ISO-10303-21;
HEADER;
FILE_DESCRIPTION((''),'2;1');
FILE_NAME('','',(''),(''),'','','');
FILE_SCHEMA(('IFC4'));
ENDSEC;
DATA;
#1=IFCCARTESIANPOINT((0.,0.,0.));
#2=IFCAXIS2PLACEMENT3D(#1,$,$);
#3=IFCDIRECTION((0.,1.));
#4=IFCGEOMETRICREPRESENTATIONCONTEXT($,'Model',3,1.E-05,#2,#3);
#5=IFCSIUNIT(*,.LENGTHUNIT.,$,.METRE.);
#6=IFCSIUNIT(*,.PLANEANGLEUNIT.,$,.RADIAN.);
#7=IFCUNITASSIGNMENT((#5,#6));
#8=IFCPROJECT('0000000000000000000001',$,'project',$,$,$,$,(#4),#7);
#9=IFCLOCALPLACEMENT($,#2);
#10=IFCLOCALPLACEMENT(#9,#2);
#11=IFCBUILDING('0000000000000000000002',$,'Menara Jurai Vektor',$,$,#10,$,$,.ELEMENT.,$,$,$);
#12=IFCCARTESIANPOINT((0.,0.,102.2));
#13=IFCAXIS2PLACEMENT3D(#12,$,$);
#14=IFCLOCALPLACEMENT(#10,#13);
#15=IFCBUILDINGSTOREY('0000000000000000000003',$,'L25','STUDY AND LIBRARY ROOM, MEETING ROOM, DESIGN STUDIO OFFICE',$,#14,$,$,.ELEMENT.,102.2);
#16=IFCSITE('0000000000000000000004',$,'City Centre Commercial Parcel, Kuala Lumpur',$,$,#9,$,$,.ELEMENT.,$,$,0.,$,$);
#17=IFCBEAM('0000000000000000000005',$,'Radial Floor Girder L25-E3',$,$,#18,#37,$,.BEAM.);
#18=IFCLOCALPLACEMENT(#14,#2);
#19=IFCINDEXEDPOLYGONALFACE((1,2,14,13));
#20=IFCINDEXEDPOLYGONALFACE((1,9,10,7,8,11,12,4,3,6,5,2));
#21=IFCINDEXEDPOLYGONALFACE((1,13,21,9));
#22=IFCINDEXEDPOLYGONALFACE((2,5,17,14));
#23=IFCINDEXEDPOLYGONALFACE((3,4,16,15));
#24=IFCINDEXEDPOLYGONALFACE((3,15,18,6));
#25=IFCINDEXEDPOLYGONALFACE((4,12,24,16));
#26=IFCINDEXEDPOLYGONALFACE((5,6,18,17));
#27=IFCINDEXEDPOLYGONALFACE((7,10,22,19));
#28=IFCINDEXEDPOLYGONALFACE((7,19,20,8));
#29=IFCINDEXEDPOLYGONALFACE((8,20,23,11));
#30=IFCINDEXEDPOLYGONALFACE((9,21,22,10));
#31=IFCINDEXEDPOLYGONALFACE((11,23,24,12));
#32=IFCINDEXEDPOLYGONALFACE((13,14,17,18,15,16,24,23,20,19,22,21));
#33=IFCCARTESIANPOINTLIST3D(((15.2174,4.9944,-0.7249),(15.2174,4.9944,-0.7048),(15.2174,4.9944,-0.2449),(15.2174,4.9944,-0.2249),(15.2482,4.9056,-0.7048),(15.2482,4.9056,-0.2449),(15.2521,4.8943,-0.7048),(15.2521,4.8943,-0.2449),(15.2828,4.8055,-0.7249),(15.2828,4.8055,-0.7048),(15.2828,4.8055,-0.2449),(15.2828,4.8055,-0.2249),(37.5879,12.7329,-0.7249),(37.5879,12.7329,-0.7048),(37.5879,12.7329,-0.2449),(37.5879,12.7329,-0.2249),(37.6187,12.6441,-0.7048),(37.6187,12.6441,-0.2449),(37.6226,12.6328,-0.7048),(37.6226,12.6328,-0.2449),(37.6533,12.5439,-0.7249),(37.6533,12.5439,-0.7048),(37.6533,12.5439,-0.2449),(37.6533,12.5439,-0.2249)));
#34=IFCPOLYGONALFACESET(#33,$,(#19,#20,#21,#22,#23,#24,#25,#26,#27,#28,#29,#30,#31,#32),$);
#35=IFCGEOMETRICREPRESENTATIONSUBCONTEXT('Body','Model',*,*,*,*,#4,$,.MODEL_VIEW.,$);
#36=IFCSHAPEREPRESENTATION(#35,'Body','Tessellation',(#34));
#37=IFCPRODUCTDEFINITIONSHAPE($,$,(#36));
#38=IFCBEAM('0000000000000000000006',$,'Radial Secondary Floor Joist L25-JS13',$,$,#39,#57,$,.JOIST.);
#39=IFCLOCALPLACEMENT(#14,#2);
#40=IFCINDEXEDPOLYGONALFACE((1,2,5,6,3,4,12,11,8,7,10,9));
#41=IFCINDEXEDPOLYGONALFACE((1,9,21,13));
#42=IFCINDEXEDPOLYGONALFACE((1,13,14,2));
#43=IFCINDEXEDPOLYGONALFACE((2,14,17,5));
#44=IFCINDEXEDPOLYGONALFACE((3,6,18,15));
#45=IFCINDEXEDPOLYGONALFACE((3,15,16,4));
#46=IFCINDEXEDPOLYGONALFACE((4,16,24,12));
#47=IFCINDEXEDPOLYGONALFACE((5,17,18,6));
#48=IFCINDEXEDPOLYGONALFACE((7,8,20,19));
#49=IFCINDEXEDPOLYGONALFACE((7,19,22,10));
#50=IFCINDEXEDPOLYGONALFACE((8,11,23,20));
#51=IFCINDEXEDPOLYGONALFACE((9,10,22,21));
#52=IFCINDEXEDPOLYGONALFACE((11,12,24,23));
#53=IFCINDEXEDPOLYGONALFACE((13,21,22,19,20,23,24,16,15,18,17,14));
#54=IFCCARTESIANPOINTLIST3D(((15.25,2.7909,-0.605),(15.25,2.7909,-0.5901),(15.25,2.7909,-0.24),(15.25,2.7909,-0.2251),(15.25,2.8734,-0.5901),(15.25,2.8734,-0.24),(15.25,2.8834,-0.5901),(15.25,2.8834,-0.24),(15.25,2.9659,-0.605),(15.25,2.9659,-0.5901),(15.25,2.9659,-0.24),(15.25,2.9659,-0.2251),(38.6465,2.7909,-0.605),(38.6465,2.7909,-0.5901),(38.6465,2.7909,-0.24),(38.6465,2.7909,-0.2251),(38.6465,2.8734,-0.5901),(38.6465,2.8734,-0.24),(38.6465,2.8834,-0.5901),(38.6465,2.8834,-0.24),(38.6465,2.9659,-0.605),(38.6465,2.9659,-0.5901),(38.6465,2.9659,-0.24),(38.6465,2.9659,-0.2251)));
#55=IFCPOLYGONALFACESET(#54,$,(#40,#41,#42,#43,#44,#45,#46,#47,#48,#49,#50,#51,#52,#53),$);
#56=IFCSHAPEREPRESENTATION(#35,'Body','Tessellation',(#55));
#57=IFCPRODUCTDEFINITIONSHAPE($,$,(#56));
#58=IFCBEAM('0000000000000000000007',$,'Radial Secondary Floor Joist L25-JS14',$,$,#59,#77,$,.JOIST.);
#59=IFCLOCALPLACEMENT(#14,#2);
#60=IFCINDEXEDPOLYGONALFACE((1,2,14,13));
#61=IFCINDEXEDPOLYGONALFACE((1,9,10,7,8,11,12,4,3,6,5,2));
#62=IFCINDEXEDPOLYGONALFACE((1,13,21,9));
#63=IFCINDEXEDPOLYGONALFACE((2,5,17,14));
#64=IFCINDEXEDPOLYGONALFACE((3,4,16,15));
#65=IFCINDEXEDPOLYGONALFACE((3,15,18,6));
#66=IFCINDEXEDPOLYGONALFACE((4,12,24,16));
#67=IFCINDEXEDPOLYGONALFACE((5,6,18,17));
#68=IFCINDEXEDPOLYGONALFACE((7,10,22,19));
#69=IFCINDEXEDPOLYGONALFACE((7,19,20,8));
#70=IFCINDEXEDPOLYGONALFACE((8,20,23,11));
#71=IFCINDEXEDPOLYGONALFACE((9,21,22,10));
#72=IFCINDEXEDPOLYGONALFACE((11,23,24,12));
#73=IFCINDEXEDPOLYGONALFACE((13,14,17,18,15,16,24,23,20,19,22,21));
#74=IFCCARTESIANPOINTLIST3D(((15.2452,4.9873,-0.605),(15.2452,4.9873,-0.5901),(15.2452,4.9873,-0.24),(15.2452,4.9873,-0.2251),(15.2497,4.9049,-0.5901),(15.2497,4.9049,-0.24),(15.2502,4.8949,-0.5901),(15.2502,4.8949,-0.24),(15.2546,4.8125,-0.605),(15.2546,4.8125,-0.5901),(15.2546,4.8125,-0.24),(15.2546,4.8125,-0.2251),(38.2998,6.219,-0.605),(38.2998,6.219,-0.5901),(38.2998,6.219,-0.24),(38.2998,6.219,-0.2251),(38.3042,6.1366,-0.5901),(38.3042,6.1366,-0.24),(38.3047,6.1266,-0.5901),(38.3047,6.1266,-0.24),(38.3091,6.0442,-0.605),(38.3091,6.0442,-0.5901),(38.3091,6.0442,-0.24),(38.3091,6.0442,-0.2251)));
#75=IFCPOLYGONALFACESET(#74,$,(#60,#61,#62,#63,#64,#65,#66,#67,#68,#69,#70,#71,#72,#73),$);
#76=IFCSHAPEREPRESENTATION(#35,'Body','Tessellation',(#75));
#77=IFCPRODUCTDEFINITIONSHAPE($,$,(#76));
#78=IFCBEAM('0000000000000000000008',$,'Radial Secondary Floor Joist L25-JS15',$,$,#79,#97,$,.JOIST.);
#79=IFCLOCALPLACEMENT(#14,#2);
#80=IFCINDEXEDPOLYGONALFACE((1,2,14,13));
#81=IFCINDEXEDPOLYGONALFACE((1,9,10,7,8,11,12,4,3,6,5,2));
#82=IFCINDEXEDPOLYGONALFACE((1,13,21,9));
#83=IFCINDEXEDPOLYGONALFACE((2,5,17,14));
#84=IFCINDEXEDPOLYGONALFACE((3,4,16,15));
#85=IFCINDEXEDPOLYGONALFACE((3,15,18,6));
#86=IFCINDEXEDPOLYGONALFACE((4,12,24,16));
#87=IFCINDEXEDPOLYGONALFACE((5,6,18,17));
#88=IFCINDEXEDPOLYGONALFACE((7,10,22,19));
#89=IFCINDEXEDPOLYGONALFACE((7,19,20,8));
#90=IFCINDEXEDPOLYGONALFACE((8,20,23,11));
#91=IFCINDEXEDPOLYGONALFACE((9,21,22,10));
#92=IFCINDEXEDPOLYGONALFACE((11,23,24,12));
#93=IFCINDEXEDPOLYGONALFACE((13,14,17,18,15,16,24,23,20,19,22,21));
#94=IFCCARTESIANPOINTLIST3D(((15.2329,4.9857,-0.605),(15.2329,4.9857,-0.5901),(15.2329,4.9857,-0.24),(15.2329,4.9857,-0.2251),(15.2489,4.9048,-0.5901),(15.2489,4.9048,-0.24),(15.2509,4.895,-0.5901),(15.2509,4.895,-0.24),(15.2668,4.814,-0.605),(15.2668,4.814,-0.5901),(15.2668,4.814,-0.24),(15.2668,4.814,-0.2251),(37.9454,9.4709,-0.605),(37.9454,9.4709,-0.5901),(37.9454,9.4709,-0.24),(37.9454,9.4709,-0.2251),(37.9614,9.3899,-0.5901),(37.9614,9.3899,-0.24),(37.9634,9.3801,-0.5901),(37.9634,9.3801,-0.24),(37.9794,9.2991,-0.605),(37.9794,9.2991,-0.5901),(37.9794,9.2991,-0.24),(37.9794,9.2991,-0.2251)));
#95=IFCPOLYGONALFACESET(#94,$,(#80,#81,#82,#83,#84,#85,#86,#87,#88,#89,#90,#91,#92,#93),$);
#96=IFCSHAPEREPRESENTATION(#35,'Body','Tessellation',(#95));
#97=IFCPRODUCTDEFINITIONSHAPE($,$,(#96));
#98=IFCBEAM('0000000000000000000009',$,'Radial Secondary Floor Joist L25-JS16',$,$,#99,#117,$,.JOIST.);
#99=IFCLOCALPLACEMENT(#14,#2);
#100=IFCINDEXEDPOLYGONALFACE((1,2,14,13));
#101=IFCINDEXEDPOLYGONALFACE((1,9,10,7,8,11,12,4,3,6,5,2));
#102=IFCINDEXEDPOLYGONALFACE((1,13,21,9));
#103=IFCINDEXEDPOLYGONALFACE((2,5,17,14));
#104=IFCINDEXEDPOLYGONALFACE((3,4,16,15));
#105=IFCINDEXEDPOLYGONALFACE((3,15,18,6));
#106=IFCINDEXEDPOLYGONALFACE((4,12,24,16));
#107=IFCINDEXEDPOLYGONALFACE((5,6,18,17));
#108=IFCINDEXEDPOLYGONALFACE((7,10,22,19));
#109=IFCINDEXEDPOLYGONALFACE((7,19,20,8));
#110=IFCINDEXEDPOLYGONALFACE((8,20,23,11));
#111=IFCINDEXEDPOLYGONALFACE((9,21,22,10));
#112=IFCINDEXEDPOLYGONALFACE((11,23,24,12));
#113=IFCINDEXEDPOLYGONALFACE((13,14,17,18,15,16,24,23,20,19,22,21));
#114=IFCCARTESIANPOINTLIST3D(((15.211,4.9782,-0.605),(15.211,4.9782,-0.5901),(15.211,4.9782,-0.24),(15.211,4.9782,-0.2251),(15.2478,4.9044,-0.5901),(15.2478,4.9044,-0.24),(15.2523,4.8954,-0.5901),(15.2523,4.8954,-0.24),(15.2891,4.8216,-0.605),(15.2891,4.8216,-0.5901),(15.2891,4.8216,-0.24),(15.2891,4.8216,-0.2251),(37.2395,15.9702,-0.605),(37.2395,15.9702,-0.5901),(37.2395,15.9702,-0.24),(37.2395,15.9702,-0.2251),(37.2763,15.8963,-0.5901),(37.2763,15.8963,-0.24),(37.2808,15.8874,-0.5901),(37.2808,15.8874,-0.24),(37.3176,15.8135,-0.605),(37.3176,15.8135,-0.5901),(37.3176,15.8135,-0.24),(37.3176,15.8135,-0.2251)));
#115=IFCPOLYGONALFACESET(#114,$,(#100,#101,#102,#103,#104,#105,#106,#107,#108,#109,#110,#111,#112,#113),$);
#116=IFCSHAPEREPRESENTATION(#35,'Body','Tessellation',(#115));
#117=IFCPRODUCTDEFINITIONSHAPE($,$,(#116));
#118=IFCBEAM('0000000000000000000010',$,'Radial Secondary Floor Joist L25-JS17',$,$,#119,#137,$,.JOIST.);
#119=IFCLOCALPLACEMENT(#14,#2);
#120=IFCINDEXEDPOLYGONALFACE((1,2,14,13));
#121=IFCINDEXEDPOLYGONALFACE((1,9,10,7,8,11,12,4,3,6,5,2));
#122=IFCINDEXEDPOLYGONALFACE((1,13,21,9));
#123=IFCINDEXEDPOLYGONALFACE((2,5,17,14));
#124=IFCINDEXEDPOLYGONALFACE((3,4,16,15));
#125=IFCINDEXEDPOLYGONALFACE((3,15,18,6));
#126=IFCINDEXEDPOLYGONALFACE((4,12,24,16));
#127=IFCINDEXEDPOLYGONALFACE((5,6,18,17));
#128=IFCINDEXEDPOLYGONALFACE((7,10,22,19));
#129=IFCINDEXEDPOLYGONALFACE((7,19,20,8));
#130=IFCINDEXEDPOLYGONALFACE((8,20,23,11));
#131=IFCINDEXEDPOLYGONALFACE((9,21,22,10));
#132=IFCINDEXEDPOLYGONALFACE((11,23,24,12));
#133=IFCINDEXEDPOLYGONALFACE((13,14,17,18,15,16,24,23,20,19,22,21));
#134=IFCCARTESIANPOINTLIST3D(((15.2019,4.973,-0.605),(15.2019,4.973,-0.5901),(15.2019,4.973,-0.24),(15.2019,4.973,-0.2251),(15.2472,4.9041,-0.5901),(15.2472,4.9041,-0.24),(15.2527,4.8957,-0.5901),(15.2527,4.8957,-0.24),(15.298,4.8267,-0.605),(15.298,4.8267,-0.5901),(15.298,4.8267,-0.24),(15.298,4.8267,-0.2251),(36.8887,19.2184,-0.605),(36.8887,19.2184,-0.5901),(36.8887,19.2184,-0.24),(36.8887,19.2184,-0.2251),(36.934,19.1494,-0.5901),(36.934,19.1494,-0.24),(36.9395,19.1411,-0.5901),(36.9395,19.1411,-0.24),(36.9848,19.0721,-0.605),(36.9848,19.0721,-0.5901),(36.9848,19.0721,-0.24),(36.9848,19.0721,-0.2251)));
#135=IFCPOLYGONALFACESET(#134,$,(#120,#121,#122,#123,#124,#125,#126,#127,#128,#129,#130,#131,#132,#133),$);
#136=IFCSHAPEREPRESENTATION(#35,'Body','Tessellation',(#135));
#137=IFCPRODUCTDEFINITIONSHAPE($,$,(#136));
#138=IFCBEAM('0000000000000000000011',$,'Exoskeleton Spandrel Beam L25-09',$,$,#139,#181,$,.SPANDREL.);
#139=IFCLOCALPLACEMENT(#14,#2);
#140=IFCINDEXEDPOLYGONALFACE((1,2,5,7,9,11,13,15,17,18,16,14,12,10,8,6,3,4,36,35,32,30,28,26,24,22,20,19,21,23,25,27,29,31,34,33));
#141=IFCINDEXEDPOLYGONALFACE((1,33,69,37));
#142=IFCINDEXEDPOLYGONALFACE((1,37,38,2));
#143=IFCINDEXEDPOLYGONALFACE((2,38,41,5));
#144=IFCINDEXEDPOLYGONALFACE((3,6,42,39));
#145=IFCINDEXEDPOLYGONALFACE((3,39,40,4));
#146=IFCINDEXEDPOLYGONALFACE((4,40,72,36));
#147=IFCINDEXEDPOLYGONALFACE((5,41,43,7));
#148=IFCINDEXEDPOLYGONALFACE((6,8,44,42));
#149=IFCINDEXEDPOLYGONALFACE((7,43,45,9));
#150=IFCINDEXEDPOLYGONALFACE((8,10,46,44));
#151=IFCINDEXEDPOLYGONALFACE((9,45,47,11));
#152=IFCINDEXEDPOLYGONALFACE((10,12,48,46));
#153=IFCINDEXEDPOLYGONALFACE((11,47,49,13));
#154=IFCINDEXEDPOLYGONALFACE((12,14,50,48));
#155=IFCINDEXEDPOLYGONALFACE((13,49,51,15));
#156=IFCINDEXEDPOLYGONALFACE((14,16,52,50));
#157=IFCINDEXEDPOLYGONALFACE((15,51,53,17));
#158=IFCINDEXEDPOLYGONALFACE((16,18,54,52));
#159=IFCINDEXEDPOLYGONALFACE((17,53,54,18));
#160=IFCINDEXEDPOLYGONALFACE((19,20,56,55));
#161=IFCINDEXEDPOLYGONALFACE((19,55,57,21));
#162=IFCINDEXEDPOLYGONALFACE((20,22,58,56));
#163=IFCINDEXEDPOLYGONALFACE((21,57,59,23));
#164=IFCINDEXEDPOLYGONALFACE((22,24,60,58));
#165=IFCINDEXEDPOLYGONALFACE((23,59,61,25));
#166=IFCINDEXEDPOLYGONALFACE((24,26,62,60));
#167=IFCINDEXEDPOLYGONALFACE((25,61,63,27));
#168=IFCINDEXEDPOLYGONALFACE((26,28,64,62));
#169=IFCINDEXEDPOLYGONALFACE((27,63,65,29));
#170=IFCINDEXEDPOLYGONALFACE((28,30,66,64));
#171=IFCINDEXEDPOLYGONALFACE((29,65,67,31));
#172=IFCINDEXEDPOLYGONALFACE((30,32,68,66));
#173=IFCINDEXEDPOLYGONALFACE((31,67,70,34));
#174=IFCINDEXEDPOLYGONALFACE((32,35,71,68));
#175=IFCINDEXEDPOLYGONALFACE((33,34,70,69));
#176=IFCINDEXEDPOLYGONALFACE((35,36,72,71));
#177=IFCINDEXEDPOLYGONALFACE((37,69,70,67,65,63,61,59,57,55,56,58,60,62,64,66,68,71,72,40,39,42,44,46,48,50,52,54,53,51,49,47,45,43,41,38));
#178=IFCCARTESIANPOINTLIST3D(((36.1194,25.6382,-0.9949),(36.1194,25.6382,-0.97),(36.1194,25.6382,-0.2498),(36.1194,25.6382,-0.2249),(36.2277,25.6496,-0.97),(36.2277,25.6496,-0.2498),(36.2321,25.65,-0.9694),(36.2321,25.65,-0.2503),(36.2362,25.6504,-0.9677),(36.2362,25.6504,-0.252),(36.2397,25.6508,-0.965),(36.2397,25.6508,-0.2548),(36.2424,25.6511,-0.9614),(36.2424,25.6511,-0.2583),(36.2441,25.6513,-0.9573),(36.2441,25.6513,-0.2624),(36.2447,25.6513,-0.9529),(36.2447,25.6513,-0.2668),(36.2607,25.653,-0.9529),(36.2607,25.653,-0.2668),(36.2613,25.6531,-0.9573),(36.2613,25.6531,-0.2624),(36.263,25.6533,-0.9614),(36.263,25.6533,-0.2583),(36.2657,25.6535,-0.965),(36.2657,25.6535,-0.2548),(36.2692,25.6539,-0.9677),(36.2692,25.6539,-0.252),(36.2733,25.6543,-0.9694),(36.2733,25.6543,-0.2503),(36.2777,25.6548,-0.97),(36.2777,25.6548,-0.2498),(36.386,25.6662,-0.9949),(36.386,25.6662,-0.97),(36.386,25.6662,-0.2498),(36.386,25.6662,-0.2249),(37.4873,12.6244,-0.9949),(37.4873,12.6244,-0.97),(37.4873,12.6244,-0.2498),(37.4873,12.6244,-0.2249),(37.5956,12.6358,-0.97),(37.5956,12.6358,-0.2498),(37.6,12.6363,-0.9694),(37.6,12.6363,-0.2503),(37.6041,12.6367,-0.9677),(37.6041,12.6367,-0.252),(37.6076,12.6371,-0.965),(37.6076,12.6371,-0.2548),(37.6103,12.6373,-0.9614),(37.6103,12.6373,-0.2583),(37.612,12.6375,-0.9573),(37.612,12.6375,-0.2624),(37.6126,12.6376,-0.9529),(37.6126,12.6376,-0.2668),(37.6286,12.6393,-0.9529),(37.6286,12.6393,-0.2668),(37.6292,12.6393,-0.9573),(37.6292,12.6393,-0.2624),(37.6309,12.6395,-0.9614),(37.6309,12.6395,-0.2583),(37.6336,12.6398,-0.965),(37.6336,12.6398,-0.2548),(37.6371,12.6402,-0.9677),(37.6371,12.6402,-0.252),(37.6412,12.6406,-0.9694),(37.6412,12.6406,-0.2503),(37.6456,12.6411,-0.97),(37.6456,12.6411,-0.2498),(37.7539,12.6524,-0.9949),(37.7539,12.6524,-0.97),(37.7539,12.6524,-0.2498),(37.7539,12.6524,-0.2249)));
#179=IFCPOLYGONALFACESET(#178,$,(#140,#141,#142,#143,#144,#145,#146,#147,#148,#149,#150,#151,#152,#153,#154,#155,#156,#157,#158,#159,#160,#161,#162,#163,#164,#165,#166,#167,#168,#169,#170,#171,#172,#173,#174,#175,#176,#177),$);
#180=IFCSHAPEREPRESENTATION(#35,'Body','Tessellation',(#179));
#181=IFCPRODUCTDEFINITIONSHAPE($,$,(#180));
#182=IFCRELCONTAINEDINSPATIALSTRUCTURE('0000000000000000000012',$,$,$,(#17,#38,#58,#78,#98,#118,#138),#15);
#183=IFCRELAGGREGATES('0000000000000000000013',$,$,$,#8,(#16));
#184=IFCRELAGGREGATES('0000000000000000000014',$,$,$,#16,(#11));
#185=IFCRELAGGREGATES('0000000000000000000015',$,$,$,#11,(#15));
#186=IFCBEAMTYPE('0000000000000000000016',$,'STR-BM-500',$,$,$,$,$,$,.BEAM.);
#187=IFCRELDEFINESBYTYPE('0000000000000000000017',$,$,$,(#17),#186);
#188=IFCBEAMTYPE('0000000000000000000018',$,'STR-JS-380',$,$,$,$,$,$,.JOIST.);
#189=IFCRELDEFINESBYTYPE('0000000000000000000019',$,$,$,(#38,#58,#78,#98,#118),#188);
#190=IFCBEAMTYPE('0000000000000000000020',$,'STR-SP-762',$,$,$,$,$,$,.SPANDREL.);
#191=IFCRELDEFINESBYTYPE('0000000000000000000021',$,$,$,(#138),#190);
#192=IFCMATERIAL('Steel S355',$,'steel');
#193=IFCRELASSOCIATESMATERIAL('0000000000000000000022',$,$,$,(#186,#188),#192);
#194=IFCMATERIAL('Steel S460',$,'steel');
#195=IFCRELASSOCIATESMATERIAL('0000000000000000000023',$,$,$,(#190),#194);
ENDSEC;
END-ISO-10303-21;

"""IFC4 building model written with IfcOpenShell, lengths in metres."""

from ifc_helpers import new_model, si_unit, direction, frame, origin, origin_2d, place, context, subcontext, project, spatial, i_section, extrude, material, material_profile, profile_set, type_object, element, save


model = new_model("IFC4")

# Units and contexts
model_context = context("Model", 3, precision=1e-05, world=origin(), true_north=direction((0.0, 1.0)))
body_context = subcontext(model_context, "Body", "Model", "MODEL_VIEW")
ifc_project = project(units=[si_unit("LENGTHUNIT", "METRE"), si_unit("PLANEANGLEUNIT", "RADIAN")], contexts=[model_context])

# Site, building, storey
site_placement = place(None, origin())
site = spatial("IfcSite", under=ifc_project, at=site_placement, Name="City Centre Commercial Parcel, Kuala Lumpur", CompositionType="ELEMENT", RefElevation=0.0)
building_placement = place(site_placement, origin())
building = spatial("IfcBuilding", under=site, at=building_placement, Name="Menara Jurai Vektor", CompositionType="ELEMENT")
storey_placement = place(building_placement, frame((0.0, 0.0, 102.2)))
storey = spatial("IfcBuildingStorey", under=building, at=storey_placement, Name="L25", Description="STUDY AND LIBRARY ROOM, MEETING ROOM, DESIGN STUDIO OFFICE", CompositionType="ELEMENT", Elevation=102.2)

# Shared definitions
ifc_material_1 = material(Name="Steel S460", Category="steel")

# Beams
ifc_material_2 = material(Name="Steel S355", Category="steel")
ifc_material_profile_1 = material_profile(ifc_material_2, i_section(OverallWidth=0.2, OverallDepth=0.5, WebThickness=0.012, FlangeThickness=0.02, at=origin_2d()), Name="PG 500x200x96")
ifc_profile_set_1 = profile_set([ifc_material_profile_1], Name="Steel S355")
beam_type_1 = type_object("IfcBeamType", Name="STR-BM-500", PredefinedType="BEAM", material=ifc_profile_set_1)
beam_1_placement = place(storey_placement, frame((37.6206, 12.6384, -0.4749), z_axis=(-0.945053, -0.326916, 0.0), x_axis=(0.326916, -0.945053, 0.0)))
element("IfcBeam", 1, at=beam_1_placement, inside=storey, type_object=beam_type_1, Name="Radial Floor Girder L25-E3", PredefinedType="BEAM", context=body_context, shape_type="SweptSolid", body=[
    extrude(i_section(OverallWidth=0.2, OverallDepth=0.5, WebThickness=0.012, FlangeThickness=0.02, at=origin_2d()), origin(), (0.0, 0.0, 1.0), 23.6711),
])
ifc_material_profile_2 = material_profile(ifc_material_2, i_section(OverallWidth=0.175, OverallDepth=0.3799, WebThickness=0.01, FlangeThickness=0.0149, at=origin_2d()), Name="PG 380x175x58")
ifc_profile_set_2 = profile_set([ifc_material_profile_2], Name="Steel S355")
beam_type_2 = type_object("IfcBeamType", Name="STR-JS-380", PredefinedType="JOIST", material=ifc_profile_set_2)
beam_2_placement = place(storey_placement, frame((38.6465, 2.8784, -0.415), z_axis=(-1.0, 0.0, 0.0), x_axis=(0.0, -1.0, 0.0)))
element("IfcBeam", 2, at=beam_2_placement, inside=storey, type_object=beam_type_2, Name="Radial Secondary Floor Joist L25-JS13", PredefinedType="JOIST", context=body_context, shape_type="SweptSolid", body=[
    extrude(i_section(OverallWidth=0.175, OverallDepth=0.3799, WebThickness=0.01, FlangeThickness=0.0149, at=origin_2d()), origin(), (0.0, 0.0, 1.0), 23.3965),
])
beam_3_placement = place(storey_placement, frame((38.3044, 6.1316, -0.415), z_axis=(-0.998576, -0.053349, 0.0), x_axis=(0.053349, -0.998576, 0.0)))
element("IfcBeam", 3, at=beam_3_placement, inside=storey, type_object=beam_type_2, Name="Radial Secondary Floor Joist L25-JS14", PredefinedType="JOIST", context=body_context, shape_type="SweptSolid", body=[
    extrude(i_section(OverallWidth=0.175, OverallDepth=0.3799, WebThickness=0.01, FlangeThickness=0.0149, at=origin_2d()), origin(), (0.0, 0.0, 1.0), 23.0874),
])
beam_4_placement = place(storey_placement, frame((37.9624, 9.385, -0.415), z_axis=(-0.981054, -0.193733, 0.0), x_axis=(0.193733, -0.981054, 0.0)))
element("IfcBeam", 4, at=beam_4_placement, inside=storey, type_object=beam_type_2, Name="Radial Secondary Floor Joist L25-JS15", PredefinedType="JOIST", context=body_context, shape_type="SweptSolid", body=[
    extrude(i_section(OverallWidth=0.175, OverallDepth=0.3799, WebThickness=0.01, FlangeThickness=0.0149, at=origin_2d()), origin(), (0.0, 0.0, 1.0), 23.1511),
])
beam_5_placement = place(storey_placement, frame((37.2786, 15.8918, -0.415), z_axis=(-0.89479, -0.446488, 0.0), x_axis=(0.446488, -0.89479, 0.0)))
element("IfcBeam", 5, at=beam_5_placement, inside=storey, type_object=beam_type_2, Name="Radial Secondary Floor Joist L25-JS16", PredefinedType="JOIST", context=body_context, shape_type="SweptSolid", body=[
    extrude(i_section(OverallWidth=0.175, OverallDepth=0.3799, WebThickness=0.01, FlangeThickness=0.0149, at=origin_2d()), origin(), (0.0, 0.0, 1.0), 24.6187),
])
beam_6_placement = place(storey_placement, frame((36.9368, 19.1453, -0.415), z_axis=(-0.835811, -0.549018, 0.0), x_axis=(0.549018, -0.835811, 0.0)))
element("IfcBeam", 6, at=beam_6_placement, inside=storey, type_object=beam_type_2, Name="Radial Secondary Floor Joist L25-JS17", PredefinedType="JOIST", context=body_context, shape_type="SweptSolid", body=[
    extrude(i_section(OverallWidth=0.175, OverallDepth=0.3799, WebThickness=0.01, FlangeThickness=0.0149, at=origin_2d()), origin(), (0.0, 0.0, 1.0), 25.947),
])
ifc_material_profile_3 = material_profile(ifc_material_1, i_section(OverallWidth=0.2681, OverallDepth=0.77, WebThickness=0.0161, FlangeThickness=0.0249, FilletRadius=0.0171, at=origin_2d()), Name="UKB 762x267x197")
ifc_profile_set_3 = profile_set([ifc_material_profile_3], Name="Steel S460")
beam_type_3 = type_object("IfcBeamType", Name="STR-SP-762", PredefinedType="SPANDREL", material=ifc_profile_set_3)
beam_7_placement = place(storey_placement, frame((37.6206, 12.6384, -0.6099), z_axis=(-0.104538, 0.994521, 0.0), x_axis=(-0.994521, -0.104538, 0.0)))
element("IfcBeam", 7, at=beam_7_placement, inside=storey, type_object=beam_type_3, Name="Exoskeleton Spandrel Beam L25-09", PredefinedType="SPANDREL", context=body_context, shape_type="SweptSolid", body=[
    extrude(i_section(OverallWidth=0.2681, OverallDepth=0.77, WebThickness=0.0161, FlangeThickness=0.0249, FilletRadius=0.0171, at=origin_2d()), origin(), (0.0, 0.0, 1.0), 13.0854),
])

save(model, "model.ifc")
